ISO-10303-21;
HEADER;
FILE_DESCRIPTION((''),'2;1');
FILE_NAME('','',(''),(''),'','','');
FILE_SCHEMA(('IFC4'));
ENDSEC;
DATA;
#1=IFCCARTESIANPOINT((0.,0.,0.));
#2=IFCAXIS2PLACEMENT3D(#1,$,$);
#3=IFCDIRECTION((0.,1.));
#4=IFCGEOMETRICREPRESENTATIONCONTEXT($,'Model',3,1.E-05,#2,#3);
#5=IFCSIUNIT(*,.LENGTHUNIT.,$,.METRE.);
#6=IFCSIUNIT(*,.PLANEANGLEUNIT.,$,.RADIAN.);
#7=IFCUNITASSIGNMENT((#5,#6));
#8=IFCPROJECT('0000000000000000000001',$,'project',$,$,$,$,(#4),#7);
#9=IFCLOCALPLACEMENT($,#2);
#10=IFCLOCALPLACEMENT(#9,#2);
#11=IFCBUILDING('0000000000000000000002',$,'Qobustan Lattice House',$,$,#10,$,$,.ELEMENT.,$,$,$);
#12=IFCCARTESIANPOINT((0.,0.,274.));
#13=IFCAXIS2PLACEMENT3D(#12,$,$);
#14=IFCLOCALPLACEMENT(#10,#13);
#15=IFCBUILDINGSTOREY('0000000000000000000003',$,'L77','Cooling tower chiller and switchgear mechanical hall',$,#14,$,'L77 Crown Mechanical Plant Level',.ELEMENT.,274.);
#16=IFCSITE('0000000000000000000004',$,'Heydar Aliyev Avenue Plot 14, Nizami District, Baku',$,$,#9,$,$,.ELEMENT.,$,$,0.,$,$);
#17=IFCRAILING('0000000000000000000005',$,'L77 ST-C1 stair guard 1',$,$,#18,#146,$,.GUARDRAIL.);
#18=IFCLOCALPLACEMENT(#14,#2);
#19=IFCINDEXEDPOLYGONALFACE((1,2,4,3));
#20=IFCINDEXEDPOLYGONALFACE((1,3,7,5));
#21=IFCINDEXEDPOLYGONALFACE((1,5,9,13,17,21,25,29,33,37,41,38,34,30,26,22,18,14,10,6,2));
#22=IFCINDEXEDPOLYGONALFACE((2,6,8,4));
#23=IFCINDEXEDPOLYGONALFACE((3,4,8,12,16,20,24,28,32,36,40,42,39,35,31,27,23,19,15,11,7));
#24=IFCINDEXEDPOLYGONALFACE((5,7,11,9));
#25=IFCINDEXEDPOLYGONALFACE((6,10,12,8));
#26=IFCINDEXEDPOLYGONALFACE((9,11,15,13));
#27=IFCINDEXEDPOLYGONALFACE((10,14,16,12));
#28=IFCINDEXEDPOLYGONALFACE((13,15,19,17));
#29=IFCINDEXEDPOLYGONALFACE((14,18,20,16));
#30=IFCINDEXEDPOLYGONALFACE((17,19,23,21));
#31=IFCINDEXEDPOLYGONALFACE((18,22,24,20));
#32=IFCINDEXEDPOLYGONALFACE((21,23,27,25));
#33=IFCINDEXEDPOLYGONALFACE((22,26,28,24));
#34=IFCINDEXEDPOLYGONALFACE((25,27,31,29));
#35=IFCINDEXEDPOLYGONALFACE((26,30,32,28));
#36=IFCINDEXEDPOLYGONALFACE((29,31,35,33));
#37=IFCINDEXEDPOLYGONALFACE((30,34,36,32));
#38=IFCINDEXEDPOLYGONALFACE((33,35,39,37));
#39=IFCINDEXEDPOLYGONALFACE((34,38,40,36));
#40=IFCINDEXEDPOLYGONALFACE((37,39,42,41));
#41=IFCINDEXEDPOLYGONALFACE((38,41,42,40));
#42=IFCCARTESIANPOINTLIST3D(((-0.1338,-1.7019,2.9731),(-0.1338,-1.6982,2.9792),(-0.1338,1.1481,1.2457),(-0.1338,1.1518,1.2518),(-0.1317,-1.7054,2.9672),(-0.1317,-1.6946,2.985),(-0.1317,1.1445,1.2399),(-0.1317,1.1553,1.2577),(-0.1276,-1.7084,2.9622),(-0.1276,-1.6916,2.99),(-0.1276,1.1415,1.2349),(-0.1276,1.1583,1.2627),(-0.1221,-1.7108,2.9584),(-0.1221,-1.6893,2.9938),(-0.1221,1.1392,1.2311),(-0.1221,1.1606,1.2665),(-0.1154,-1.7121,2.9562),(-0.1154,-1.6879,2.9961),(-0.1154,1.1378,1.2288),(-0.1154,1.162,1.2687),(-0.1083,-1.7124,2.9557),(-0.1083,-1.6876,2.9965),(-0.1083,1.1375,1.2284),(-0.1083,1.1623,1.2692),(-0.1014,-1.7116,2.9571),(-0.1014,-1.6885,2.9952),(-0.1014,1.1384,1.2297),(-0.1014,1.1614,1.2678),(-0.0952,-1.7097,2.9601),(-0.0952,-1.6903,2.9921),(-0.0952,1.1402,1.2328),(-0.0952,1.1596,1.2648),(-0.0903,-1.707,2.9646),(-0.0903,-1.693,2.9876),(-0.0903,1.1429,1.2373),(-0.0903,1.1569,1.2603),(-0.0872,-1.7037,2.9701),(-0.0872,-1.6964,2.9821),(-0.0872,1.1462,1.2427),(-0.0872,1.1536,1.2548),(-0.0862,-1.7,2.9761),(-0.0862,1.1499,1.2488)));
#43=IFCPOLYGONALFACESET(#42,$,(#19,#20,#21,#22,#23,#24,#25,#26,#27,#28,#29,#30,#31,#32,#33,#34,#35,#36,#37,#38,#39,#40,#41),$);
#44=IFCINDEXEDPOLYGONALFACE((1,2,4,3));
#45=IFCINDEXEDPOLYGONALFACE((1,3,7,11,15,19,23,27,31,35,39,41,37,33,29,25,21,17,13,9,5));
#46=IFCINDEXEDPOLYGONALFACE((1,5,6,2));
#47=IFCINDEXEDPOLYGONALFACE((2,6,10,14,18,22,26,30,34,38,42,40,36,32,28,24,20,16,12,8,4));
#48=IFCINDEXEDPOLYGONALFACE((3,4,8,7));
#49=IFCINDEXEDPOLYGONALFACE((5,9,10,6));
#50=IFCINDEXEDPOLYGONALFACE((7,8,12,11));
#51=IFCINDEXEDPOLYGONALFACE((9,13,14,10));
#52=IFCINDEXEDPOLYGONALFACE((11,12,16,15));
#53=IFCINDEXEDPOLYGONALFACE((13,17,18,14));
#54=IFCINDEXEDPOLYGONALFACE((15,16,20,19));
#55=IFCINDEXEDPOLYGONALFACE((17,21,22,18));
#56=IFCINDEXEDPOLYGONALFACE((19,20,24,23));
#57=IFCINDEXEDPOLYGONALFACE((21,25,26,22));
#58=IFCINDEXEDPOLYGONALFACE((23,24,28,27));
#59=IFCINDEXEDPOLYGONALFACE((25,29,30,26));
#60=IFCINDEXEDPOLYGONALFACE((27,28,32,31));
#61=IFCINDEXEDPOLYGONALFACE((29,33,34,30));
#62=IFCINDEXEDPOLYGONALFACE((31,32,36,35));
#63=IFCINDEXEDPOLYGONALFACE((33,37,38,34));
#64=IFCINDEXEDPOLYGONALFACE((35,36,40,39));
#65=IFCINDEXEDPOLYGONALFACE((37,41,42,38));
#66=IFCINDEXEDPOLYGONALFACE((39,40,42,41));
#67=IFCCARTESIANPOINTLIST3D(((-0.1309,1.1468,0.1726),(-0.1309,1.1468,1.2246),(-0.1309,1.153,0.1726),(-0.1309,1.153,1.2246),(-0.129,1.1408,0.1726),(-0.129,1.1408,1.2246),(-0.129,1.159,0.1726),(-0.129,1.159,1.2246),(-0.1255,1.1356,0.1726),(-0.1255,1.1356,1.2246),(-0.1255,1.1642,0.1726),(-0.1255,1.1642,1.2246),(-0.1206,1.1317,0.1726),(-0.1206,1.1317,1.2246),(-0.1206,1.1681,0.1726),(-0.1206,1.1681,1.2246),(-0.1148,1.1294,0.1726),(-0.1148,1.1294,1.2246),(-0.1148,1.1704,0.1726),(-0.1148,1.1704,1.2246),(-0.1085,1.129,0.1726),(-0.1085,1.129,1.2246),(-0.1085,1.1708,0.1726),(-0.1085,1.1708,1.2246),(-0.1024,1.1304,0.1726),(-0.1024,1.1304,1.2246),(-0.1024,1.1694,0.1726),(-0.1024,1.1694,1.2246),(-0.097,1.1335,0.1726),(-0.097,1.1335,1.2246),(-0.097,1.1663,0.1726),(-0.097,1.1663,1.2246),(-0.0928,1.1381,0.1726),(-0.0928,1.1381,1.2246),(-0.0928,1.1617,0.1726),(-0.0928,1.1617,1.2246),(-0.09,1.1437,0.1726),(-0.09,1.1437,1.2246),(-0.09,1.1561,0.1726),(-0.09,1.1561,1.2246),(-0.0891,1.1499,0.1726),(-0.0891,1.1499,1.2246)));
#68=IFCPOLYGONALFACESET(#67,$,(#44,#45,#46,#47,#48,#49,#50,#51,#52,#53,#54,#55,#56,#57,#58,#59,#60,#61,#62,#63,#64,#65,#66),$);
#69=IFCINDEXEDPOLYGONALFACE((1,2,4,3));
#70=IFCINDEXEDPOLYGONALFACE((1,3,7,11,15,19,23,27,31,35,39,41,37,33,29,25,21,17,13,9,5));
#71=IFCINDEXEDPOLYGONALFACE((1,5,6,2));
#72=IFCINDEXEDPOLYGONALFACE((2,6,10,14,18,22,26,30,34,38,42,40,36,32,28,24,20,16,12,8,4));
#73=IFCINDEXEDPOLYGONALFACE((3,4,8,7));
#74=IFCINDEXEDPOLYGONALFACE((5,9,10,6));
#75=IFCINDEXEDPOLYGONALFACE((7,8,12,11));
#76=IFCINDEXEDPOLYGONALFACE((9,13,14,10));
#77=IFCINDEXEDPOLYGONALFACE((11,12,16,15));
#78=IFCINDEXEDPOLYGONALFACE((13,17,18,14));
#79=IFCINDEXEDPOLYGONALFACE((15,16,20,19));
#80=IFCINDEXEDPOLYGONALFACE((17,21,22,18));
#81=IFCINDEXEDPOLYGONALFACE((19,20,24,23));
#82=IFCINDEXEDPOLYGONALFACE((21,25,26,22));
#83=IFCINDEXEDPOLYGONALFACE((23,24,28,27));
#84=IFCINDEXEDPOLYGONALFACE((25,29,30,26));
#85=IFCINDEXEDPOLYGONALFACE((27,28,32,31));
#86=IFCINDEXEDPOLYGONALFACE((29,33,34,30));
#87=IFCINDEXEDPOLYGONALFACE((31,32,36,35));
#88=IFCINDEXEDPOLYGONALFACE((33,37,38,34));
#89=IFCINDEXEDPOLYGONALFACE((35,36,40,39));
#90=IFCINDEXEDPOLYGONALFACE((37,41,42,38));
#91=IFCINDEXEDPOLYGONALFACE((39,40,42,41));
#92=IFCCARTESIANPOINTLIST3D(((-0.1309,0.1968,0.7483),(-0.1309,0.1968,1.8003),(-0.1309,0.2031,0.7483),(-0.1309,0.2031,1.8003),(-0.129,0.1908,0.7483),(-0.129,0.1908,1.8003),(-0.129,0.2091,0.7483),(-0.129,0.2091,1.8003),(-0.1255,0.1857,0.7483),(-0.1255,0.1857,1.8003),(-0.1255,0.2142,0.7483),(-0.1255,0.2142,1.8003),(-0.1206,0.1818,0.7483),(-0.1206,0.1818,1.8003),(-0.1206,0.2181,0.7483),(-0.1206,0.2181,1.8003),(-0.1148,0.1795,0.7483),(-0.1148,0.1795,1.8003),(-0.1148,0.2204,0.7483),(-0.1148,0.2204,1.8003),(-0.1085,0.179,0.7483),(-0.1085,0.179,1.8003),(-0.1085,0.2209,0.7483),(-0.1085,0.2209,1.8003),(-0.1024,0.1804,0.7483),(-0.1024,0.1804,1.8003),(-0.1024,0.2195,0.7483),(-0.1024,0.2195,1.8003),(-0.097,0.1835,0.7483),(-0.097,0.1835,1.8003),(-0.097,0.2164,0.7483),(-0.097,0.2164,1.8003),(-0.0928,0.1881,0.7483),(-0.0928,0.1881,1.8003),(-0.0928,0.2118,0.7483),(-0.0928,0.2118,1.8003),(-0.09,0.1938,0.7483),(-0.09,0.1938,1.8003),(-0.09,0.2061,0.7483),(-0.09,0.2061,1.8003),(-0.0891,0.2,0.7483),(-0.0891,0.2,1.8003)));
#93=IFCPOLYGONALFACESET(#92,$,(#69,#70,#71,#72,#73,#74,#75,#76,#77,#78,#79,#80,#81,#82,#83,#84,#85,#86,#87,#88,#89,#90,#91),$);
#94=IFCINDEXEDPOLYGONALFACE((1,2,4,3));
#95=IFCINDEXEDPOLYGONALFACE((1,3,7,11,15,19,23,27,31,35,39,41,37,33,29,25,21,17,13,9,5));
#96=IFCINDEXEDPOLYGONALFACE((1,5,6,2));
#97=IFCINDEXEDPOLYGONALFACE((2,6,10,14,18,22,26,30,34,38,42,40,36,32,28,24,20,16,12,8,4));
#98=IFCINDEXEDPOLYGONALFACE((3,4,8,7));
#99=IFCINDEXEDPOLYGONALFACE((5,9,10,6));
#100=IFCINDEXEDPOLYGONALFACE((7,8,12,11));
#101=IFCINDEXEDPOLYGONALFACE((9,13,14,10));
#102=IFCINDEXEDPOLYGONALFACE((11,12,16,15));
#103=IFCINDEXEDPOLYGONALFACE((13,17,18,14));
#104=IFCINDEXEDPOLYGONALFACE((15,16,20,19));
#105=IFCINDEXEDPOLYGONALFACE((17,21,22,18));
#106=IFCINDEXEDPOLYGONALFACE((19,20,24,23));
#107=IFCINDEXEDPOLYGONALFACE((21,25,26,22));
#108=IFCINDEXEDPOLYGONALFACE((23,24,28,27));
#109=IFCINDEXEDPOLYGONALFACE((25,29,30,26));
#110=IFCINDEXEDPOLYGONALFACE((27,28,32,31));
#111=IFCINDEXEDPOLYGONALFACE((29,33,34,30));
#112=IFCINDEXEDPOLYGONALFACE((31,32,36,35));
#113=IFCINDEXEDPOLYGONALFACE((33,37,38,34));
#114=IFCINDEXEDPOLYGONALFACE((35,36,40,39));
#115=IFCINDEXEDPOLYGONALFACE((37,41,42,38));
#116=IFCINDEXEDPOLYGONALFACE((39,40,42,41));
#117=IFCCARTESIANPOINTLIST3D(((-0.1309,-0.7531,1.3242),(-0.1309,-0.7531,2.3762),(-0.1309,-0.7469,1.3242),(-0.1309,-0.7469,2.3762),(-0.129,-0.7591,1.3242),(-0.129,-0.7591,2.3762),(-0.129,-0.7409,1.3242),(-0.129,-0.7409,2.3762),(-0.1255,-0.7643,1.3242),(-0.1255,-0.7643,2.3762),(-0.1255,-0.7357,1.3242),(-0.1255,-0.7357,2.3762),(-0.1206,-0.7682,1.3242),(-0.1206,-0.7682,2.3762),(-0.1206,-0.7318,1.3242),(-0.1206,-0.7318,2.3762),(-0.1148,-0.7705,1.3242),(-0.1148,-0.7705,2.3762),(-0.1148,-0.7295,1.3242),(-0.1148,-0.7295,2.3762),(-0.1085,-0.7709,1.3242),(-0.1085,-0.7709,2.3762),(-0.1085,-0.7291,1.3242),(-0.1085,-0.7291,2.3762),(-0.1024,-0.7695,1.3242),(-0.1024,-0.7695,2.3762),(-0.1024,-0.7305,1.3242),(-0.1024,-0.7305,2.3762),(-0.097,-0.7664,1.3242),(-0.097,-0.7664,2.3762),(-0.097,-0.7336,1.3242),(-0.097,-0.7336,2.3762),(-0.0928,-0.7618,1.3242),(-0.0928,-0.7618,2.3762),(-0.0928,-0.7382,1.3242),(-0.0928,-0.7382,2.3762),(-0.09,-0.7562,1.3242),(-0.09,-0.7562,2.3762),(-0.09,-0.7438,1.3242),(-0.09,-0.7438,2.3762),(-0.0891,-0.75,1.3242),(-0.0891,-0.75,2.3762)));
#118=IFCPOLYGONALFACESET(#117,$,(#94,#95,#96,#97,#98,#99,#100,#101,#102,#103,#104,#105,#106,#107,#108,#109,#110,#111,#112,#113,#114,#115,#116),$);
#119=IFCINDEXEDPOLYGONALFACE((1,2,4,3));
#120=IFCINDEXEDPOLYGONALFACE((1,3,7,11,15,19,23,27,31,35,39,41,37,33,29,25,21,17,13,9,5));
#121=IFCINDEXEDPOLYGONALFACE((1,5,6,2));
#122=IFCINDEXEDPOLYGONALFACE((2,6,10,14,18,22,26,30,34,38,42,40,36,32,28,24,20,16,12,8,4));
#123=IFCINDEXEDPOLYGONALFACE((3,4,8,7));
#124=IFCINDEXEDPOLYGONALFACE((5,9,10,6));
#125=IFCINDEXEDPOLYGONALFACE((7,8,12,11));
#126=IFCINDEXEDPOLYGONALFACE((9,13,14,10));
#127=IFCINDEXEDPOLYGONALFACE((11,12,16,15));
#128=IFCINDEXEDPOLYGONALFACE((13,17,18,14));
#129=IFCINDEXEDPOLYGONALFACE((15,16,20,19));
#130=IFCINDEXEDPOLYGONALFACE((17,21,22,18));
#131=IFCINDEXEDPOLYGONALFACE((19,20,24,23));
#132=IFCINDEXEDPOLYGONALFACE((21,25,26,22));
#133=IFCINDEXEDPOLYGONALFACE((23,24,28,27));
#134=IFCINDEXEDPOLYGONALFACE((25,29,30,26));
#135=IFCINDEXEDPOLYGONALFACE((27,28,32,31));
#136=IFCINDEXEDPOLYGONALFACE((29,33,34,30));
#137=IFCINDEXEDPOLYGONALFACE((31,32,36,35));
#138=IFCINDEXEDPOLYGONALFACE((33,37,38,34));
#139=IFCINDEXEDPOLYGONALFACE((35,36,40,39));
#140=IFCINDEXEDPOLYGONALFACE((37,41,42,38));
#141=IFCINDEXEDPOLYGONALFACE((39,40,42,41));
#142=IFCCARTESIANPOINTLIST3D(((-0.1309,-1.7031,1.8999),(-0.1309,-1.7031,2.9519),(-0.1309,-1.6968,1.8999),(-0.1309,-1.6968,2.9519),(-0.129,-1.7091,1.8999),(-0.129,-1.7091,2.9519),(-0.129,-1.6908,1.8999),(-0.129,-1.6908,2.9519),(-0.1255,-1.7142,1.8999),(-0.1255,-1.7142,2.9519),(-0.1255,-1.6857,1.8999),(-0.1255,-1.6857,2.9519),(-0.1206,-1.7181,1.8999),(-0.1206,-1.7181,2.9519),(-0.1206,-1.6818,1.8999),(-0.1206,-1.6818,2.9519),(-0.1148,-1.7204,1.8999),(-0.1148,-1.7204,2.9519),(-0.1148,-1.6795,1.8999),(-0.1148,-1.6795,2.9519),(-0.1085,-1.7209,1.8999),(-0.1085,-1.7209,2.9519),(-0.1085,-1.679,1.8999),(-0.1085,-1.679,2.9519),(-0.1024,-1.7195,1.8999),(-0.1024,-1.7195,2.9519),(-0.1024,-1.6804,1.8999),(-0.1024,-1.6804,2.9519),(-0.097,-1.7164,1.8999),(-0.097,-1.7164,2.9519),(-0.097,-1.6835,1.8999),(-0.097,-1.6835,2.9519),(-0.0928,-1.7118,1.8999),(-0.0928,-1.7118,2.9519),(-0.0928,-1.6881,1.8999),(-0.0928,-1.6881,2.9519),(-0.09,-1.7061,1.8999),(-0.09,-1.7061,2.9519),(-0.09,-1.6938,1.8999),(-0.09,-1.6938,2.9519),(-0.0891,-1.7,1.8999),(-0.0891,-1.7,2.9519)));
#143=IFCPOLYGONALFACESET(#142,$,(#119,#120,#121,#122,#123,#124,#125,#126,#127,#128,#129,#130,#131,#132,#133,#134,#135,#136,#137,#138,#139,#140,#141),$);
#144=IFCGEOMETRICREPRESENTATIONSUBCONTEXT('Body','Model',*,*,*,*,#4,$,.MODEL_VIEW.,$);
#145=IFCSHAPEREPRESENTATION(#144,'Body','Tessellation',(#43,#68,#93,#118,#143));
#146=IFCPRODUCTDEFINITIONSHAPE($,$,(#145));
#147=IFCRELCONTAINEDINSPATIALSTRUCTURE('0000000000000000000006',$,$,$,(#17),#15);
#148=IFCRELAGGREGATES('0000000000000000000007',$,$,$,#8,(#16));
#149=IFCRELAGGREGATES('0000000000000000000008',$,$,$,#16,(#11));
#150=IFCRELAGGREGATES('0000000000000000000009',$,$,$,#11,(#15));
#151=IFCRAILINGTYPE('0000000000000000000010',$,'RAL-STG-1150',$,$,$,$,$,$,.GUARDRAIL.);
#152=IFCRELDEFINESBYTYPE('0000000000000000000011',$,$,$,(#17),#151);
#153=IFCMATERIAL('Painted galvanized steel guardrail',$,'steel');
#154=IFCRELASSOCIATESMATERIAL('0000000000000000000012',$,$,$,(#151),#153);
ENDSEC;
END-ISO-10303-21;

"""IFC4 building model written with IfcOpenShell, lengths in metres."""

from ifc_helpers import new_model, si_unit, direction, frame, origin, origin_2d, place, context, subcontext, project, spatial, circle, extrude, material, type_object, element, save


model = new_model("IFC4")

# Units and contexts
model_context = context("Model", 3, precision=1e-05, world=origin(), true_north=direction((0.0, 1.0)))
body_context = subcontext(model_context, "Body", "Model", "MODEL_VIEW")
ifc_project = project(units=[si_unit("LENGTHUNIT", "METRE"), si_unit("PLANEANGLEUNIT", "RADIAN")], contexts=[model_context])

# Site, building, storey
site_placement = place(None, origin())
site = spatial("IfcSite", under=ifc_project, at=site_placement, Name="Heydar Aliyev Avenue Plot 14, Nizami District, Baku", CompositionType="ELEMENT", RefElevation=0.0)
building_placement = place(site_placement, origin())
building = spatial("IfcBuilding", under=site, at=building_placement, Name="Qobustan Lattice House", CompositionType="ELEMENT")
storey_placement = place(building_placement, frame((0.0, 0.0, 274.0)))
storey = spatial("IfcBuildingStorey", under=building, at=storey_placement, Name="L77", Description="Cooling tower chiller and switchgear mechanical hall", LongName="L77 Crown Mechanical Plant Level", CompositionType="ELEMENT", Elevation=274.0)

# Railing
ifc_material_1 = material(Name="Painted galvanized steel guardrail", Category="steel")
railing_type_1 = type_object("IfcRailingType", Name="RAL-STG-1150", PredefinedType="GUARDRAIL", material=ifc_material_1)
railing_1_placement = place(storey_placement, frame((-0.1101, 1.1499, 0.1726)))
element("IfcRailing", 1, at=railing_1_placement, inside=storey, type_object=railing_type_1, Name="L77 ST-C1 stair guard 1", PredefinedType="GUARDRAIL", context=body_context, shape_type="SweptSolid", body=[
    extrude(circle(Radius=0.0239, at=origin_2d()), frame((0.0, 0.0, 1.0762), z_axis=(0.0, -0.855183, 0.518326), x_axis=(1.0, 0.0, 0.0)), (0.0, 0.0, 1.0), 3.3325),
    extrude(circle(Radius=0.021, at=origin_2d()), origin(), (0.0, 0.0, 1.0), 1.052),
    extrude(circle(Radius=0.021, at=origin_2d()), frame((0.0, -0.95, 0.5757)), (0.0, 0.0, 1.0), 1.052),
    extrude(circle(Radius=0.021, at=origin_2d()), frame((0.0, -1.8999, 1.1516)), (0.0, 0.0, 1.0), 1.052),
    extrude(circle(Radius=0.021, at=origin_2d()), frame((0.0, -2.8499, 1.7273)), (0.0, 0.0, 1.0), 1.052),
])

save(model, "model.ifc")
